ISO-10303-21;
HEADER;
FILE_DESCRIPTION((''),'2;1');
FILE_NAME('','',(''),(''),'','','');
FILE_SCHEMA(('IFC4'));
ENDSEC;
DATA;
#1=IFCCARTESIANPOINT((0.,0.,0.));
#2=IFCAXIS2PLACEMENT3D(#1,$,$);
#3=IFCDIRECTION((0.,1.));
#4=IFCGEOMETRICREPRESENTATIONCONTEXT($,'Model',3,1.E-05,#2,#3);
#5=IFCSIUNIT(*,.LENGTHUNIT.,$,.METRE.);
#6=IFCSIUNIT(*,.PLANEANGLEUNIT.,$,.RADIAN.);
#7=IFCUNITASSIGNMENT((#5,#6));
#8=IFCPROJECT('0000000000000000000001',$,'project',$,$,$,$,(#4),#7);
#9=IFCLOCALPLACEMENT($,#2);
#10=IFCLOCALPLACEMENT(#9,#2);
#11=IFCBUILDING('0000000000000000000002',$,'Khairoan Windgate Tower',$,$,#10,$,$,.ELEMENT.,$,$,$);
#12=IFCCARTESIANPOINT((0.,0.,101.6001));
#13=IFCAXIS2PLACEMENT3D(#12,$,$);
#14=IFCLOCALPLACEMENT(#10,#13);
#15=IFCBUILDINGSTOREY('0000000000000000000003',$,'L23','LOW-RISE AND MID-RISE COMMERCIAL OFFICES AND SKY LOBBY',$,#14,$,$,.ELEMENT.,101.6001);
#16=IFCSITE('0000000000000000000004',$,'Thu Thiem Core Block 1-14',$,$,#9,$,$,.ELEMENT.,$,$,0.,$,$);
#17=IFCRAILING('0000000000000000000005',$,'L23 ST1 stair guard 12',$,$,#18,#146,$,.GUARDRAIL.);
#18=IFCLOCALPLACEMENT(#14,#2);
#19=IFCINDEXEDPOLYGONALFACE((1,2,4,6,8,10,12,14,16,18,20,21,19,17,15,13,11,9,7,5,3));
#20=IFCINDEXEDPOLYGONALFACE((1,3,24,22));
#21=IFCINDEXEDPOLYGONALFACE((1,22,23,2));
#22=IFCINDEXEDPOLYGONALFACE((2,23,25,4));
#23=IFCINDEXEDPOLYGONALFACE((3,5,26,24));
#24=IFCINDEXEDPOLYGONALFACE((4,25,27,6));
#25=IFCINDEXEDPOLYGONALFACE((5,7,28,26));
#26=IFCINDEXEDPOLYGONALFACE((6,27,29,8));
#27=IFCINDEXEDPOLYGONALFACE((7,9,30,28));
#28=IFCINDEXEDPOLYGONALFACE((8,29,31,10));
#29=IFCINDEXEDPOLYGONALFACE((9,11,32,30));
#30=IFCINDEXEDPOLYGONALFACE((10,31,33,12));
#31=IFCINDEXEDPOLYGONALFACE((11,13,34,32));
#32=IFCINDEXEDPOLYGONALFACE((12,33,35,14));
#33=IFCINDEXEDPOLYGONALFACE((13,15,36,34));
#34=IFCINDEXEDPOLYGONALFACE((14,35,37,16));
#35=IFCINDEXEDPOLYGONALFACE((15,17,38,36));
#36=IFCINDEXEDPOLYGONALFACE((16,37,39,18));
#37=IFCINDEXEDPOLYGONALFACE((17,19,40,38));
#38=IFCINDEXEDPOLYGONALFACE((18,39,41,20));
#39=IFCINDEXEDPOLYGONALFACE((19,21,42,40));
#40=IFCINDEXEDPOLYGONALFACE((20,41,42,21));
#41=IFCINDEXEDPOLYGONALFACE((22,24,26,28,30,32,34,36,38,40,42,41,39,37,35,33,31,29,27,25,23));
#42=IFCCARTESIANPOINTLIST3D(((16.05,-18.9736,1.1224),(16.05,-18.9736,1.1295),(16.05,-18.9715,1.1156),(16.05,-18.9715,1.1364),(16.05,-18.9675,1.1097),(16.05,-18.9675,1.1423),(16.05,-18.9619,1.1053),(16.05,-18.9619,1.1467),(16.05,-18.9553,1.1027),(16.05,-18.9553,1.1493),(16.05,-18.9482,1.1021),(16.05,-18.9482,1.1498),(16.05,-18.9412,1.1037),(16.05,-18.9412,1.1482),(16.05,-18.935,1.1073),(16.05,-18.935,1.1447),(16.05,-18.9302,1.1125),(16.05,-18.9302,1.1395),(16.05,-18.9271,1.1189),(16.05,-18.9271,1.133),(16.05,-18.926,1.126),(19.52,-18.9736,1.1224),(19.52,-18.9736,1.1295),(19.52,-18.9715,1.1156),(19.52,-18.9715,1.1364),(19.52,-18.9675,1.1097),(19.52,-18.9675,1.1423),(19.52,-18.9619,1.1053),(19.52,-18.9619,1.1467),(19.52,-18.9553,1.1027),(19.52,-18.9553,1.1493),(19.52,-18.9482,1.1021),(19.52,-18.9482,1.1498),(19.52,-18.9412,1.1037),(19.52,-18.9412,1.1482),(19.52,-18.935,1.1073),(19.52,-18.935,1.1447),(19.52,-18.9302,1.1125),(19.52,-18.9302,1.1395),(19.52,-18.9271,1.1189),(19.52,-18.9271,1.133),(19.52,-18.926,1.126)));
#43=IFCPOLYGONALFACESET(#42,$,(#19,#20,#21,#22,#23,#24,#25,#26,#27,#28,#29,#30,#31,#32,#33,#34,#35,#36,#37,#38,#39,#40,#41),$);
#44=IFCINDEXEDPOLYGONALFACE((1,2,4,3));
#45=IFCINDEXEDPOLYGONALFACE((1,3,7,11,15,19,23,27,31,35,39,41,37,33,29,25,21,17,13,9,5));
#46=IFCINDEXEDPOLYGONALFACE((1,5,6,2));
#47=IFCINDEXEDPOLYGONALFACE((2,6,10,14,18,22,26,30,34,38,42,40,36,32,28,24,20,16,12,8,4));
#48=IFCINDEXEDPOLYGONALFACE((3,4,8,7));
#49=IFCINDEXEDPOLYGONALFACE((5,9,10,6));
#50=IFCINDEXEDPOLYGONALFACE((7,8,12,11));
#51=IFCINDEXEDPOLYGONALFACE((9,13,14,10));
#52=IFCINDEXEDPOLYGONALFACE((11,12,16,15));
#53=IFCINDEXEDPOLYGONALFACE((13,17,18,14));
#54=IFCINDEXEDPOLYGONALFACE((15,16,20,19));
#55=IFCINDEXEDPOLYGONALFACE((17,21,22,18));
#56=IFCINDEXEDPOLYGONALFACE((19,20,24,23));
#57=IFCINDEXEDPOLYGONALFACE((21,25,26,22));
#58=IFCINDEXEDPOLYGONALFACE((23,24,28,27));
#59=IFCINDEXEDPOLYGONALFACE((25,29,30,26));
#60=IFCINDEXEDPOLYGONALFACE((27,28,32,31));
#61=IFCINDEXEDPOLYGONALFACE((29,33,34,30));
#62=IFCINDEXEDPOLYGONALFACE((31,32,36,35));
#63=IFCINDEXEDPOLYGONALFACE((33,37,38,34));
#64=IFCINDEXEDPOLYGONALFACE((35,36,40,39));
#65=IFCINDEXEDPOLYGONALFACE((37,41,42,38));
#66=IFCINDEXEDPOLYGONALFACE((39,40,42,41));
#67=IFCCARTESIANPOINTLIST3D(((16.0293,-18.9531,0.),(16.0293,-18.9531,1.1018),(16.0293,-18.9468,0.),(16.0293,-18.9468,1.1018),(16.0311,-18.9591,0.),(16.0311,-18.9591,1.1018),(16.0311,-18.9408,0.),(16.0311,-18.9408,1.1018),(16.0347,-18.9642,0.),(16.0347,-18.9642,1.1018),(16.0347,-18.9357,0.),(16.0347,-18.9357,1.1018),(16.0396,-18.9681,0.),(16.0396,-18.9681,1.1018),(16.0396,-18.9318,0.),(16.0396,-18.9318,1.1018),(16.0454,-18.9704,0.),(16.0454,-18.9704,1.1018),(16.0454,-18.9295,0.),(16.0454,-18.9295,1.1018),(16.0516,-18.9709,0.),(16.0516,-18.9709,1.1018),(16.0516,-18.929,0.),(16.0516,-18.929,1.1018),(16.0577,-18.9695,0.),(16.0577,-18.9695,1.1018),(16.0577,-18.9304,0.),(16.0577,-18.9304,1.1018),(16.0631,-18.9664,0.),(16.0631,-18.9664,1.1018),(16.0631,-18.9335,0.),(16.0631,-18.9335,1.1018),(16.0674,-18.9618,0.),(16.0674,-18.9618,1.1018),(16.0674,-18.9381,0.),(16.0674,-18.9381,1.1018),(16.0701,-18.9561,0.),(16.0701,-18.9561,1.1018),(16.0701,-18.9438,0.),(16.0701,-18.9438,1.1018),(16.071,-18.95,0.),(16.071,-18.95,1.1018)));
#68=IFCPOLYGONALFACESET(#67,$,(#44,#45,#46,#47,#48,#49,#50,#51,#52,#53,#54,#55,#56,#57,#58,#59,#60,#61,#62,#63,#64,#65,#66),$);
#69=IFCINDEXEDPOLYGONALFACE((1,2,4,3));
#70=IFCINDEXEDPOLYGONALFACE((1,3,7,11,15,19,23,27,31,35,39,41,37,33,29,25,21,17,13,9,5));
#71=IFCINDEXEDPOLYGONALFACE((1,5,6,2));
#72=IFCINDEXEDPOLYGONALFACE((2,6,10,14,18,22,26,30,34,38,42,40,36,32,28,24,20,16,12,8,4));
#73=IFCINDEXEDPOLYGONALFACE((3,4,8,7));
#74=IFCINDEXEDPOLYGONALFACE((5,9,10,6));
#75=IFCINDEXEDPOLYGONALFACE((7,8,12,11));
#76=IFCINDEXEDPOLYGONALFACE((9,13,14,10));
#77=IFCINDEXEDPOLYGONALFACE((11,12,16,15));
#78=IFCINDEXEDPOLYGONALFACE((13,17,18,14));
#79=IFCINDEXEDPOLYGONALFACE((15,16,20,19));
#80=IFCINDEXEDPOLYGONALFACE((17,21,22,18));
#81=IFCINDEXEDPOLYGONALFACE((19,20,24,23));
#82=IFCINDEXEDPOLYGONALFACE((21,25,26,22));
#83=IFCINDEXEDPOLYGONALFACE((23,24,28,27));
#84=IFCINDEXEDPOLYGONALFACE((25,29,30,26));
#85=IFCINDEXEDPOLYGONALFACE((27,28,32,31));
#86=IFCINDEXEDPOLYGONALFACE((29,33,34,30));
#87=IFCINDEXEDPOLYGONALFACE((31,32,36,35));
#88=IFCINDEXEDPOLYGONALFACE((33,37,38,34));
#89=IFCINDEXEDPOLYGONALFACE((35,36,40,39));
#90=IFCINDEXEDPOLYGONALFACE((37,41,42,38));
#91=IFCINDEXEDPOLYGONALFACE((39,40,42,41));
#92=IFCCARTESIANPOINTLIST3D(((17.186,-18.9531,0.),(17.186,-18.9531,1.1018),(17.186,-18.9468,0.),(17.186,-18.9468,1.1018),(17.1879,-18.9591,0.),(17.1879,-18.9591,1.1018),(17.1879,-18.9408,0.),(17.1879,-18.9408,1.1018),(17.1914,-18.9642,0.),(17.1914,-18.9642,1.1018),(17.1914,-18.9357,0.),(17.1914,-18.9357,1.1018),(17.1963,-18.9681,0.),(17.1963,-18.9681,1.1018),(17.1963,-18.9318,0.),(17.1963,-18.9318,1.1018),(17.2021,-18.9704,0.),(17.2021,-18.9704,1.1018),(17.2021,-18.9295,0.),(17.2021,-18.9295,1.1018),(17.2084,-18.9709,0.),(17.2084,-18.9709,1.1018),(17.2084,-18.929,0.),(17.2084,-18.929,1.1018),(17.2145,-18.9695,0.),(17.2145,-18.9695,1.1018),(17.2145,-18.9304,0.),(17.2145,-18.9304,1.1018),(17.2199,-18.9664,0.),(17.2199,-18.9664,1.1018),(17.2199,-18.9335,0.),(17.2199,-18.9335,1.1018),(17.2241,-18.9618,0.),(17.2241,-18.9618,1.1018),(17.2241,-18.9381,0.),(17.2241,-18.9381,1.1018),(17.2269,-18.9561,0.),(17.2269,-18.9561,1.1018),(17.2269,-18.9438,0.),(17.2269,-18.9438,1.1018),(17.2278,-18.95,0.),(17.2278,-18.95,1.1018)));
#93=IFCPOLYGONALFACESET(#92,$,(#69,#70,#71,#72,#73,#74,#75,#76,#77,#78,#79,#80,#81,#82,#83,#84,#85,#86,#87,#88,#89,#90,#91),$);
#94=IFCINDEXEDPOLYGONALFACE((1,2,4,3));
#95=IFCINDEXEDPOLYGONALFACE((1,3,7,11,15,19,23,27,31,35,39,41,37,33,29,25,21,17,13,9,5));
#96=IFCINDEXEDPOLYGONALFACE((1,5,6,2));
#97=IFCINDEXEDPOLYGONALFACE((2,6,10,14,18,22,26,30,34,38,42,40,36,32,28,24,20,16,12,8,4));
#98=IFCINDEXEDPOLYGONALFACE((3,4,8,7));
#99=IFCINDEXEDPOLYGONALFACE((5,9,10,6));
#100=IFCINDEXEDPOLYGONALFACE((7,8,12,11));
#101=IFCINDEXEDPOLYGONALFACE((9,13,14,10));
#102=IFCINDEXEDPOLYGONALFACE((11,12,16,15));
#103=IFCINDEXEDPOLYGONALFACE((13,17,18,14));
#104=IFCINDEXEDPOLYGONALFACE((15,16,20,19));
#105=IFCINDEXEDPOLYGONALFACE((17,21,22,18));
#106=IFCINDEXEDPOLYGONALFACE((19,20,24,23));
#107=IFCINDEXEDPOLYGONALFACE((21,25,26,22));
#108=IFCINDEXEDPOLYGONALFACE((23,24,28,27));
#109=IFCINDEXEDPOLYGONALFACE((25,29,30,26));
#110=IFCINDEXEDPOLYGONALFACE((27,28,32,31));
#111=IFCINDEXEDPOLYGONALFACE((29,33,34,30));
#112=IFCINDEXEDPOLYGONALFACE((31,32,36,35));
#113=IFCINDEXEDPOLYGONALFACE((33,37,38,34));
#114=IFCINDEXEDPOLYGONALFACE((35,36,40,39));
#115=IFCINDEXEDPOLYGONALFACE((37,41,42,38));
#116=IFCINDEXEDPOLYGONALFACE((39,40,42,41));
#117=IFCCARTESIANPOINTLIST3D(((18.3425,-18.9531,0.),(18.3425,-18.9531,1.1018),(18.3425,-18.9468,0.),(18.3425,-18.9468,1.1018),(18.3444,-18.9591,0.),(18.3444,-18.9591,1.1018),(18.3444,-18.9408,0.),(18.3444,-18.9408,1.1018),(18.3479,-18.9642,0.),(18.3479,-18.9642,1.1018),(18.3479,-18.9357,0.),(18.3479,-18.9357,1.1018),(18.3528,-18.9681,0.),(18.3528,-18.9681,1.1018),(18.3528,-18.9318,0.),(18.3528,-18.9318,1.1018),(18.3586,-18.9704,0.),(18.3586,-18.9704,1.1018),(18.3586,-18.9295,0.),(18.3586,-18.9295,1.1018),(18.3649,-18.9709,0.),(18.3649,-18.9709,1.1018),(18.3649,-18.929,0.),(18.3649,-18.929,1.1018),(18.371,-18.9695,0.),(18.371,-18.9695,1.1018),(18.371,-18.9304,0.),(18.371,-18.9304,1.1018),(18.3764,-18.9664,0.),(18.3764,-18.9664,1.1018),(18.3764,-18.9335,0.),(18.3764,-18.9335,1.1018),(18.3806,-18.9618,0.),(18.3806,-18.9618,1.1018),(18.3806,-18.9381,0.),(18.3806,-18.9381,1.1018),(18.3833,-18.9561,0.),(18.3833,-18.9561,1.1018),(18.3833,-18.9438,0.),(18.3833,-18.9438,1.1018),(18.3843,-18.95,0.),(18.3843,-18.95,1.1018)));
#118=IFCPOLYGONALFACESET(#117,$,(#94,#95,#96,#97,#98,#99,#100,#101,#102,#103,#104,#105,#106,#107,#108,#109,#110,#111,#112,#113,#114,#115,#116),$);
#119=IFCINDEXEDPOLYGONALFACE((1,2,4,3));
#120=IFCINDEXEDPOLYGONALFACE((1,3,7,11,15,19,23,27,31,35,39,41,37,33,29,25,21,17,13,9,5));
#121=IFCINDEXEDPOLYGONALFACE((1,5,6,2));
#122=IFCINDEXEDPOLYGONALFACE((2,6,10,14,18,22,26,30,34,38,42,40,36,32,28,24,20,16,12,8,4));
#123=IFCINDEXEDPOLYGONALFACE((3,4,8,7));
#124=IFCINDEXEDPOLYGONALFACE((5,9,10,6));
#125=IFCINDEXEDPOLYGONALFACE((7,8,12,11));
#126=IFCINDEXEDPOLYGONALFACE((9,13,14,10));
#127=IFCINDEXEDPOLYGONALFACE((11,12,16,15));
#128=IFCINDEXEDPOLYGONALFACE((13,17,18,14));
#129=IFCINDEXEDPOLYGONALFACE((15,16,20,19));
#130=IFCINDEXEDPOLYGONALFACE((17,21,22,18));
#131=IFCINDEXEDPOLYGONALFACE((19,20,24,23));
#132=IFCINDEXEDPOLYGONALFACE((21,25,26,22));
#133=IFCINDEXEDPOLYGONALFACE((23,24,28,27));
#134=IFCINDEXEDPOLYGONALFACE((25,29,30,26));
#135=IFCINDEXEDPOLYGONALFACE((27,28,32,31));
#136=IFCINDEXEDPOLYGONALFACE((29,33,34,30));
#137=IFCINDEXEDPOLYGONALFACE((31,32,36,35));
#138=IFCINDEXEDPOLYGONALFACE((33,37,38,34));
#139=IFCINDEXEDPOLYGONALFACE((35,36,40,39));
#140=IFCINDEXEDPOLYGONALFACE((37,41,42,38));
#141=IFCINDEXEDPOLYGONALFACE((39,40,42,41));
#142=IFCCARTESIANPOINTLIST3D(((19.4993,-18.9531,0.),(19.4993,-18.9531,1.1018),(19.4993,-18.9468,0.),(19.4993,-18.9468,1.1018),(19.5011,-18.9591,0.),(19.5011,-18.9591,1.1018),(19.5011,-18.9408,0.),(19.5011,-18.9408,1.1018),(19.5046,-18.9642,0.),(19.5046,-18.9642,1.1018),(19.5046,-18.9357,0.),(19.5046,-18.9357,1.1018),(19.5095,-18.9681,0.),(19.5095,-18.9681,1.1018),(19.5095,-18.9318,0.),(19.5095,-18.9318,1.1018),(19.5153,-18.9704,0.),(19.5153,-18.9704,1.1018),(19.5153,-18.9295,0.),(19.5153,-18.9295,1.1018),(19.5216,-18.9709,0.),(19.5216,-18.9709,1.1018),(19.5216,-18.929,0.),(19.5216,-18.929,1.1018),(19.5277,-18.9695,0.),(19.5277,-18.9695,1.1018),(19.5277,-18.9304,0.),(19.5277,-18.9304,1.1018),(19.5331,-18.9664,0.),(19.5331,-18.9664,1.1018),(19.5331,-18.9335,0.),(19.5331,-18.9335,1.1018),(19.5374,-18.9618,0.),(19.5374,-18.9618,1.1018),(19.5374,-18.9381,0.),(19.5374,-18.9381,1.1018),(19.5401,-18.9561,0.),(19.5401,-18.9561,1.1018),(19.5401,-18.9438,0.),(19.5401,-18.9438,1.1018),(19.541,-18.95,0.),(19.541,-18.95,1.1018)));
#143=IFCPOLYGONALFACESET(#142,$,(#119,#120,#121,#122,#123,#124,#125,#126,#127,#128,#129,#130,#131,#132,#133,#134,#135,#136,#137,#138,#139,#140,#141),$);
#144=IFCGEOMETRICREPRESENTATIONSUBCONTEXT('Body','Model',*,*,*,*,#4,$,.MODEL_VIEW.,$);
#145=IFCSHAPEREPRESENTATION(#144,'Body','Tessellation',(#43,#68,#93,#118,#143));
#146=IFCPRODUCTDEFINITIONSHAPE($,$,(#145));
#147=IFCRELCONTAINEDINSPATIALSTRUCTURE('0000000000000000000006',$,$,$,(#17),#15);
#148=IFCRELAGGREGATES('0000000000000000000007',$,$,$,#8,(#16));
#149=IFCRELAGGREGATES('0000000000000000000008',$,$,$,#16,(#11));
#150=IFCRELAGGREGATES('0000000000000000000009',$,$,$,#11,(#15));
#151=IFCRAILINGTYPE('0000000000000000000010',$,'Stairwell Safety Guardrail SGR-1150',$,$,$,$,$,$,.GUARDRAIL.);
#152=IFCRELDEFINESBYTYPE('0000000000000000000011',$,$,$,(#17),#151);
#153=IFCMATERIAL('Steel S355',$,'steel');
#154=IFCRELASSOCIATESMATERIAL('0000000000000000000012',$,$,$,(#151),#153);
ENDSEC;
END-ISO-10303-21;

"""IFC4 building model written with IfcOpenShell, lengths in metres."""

from ifc_helpers import new_model, si_unit, direction, frame, origin, origin_2d, place, context, subcontext, project, spatial, circle, extrude, material, type_object, element, save


model = new_model("IFC4")

# Units and contexts
model_context = context("Model", 3, precision=1e-05, world=origin(), true_north=direction((0.0, 1.0)))
body_context = subcontext(model_context, "Body", "Model", "MODEL_VIEW")
ifc_project = project(units=[si_unit("LENGTHUNIT", "METRE"), si_unit("PLANEANGLEUNIT", "RADIAN")], contexts=[model_context])

# Site, building, storey
site_placement = place(None, origin())
site = spatial("IfcSite", under=ifc_project, at=site_placement, Name="Thu Thiem Core Block 1-14", CompositionType="ELEMENT", RefElevation=0.0)
building_placement = place(site_placement, origin())
building = spatial("IfcBuilding", under=site, at=building_placement, Name="Khairoan Windgate Tower", CompositionType="ELEMENT")
storey_placement = place(building_placement, frame((0.0, 0.0, 101.6001)))
storey = spatial("IfcBuildingStorey", under=building, at=storey_placement, Name="L23", Description="LOW-RISE AND MID-RISE COMMERCIAL OFFICES AND SKY LOBBY", CompositionType="ELEMENT", Elevation=101.6001)

# Railing
ifc_material_1 = material(Name="Steel S355", Category="steel")
railing_type = type_object("IfcRailingType", Name="Stairwell Safety Guardrail SGR-1150", PredefinedType="GUARDRAIL", material=ifc_material_1)
railing_1_placement = place(storey_placement, frame((16.05, -18.95, 0.0)))
element("IfcRailing", 1, at=railing_1_placement, inside=storey, type_object=railing_type, Name="L23 ST1 stair guard 12", PredefinedType="GUARDRAIL", context=body_context, shape_type="SweptSolid", body=[
    extrude(circle(Radius=0.0239, at=origin_2d()), frame((0.0, 0.0, 1.126), z_axis=(1.0, 0.0, 0.0), x_axis=(0.0, 1.0, 0.0)), (0.0, 0.0, 1.0), 3.47),
    extrude(circle(Radius=0.021, at=origin_2d()), origin(), (0.0, 0.0, 1.0), 1.1018),
    extrude(circle(Radius=0.021, at=origin_2d()), frame((1.1567, 0.0, 0.0)), (0.0, 0.0, 1.0), 1.1018),
    extrude(circle(Radius=0.021, at=origin_2d()), frame((2.3132, 0.0, 0.0)), (0.0, 0.0, 1.0), 1.1018),
    extrude(circle(Radius=0.021, at=origin_2d()), frame((3.47, 0.0, 0.0)), (0.0, 0.0, 1.0), 1.1018),
])

save(model, "model.ifc")
